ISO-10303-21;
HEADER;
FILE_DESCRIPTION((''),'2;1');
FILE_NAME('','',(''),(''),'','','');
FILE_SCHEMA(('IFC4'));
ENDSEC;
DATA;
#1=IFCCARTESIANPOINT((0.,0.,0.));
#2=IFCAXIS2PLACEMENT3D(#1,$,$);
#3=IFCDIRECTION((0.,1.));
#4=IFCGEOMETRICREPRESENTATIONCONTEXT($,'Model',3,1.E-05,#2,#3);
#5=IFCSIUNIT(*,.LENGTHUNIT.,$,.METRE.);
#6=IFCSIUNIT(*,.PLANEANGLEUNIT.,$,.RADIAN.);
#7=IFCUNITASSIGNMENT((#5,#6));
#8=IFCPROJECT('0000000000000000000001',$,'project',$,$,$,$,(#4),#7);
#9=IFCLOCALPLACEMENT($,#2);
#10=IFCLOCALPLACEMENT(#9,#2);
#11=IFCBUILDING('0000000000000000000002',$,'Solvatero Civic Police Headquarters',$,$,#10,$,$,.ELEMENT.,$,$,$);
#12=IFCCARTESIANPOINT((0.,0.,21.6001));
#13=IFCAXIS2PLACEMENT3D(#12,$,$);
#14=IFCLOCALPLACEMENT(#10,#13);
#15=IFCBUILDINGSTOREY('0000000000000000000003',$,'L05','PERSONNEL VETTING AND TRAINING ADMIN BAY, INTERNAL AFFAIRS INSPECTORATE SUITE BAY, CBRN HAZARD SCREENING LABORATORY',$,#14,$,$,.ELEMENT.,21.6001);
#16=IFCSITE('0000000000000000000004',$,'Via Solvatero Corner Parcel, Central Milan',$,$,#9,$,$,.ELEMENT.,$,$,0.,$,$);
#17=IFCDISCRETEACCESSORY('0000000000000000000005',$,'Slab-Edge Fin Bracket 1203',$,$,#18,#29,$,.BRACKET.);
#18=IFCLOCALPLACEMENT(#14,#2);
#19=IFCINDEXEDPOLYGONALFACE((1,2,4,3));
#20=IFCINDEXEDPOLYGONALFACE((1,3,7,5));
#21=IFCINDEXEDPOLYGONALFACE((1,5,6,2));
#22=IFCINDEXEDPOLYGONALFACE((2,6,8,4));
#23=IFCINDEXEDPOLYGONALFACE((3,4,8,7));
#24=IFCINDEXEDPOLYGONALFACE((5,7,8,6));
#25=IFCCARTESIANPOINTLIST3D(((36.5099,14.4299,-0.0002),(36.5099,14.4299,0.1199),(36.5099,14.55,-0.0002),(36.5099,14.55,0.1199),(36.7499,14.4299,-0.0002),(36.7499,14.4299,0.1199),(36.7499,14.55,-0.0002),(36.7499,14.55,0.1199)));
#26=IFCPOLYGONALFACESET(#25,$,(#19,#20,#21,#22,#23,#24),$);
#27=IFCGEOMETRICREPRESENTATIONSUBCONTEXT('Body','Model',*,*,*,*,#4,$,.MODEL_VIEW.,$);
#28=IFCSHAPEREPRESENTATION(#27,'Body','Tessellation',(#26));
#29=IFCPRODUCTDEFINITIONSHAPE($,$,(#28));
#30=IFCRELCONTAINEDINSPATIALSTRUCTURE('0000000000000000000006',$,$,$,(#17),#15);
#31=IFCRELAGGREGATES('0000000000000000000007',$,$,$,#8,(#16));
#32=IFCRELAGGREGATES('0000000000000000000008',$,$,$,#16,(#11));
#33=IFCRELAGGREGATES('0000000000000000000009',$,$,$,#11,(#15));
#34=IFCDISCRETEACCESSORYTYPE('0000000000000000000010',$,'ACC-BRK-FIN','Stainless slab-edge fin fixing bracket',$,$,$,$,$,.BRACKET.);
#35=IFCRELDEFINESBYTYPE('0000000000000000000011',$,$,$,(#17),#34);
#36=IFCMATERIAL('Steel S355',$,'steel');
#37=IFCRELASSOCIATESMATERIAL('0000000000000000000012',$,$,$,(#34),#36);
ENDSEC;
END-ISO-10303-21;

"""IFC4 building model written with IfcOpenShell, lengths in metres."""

from ifc_helpers import new_model, si_unit, direction, frame, origin, origin_2d, place, context, subcontext, project, spatial, rectangle, extrude, material, type_object, element, save


model = new_model("IFC4")

# Units and contexts
model_context = context("Model", 3, precision=1e-05, world=origin(), true_north=direction((0.0, 1.0)))
body_context = subcontext(model_context, "Body", "Model", "MODEL_VIEW")
ifc_project = project(units=[si_unit("LENGTHUNIT", "METRE"), si_unit("PLANEANGLEUNIT", "RADIAN")], contexts=[model_context])

# Site, building, storey
site_placement = place(None, origin())
site = spatial("IfcSite", under=ifc_project, at=site_placement, Name="Via Solvatero Corner Parcel, Central Milan", CompositionType="ELEMENT", RefElevation=0.0)
building_placement = place(site_placement, origin())
building = spatial("IfcBuilding", under=site, at=building_placement, Name="Solvatero Civic Police Headquarters", CompositionType="ELEMENT")
storey_placement = place(building_placement, frame((0.0, 0.0, 21.6001)))
storey = spatial("IfcBuildingStorey", under=building, at=storey_placement, Name="L05", Description="PERSONNEL VETTING AND TRAINING ADMIN BAY, INTERNAL AFFAIRS INSPECTORATE SUITE BAY, CBRN HAZARD SCREENING LABORATORY", CompositionType="ELEMENT", Elevation=21.6001)

# Discrete accessory
ifc_material_1 = material(Name="Steel S355", Category="steel")
discrete_accessory_type = type_object("IfcDiscreteAccessoryType", Name="ACC-BRK-FIN", Description="Stainless slab-edge fin fixing bracket", PredefinedType="BRACKET", material=ifc_material_1)
for number, where, z_axis, x_axis, name in (
    (1, (36.6299, 14.49, -0.0002), (0.0, 0.0, 1.0), (0.0, -1.0, 0.0), "Slab-Edge Fin Bracket 1203"),
):
    element("IfcDiscreteAccessory", number, at=place(storey_placement, frame(where, z_axis=z_axis, x_axis=x_axis)), inside=storey, type_object=discrete_accessory_type, Name=name, PredefinedType="BRACKET", context=body_context, shape_type="SweptSolid", body=[
        extrude(rectangle(XDim=0.1201, YDim=0.24, at=origin_2d()), origin(), (0.0, 0.0, 1.0), 0.1201),
    ])

save(model, "model.ifc")
